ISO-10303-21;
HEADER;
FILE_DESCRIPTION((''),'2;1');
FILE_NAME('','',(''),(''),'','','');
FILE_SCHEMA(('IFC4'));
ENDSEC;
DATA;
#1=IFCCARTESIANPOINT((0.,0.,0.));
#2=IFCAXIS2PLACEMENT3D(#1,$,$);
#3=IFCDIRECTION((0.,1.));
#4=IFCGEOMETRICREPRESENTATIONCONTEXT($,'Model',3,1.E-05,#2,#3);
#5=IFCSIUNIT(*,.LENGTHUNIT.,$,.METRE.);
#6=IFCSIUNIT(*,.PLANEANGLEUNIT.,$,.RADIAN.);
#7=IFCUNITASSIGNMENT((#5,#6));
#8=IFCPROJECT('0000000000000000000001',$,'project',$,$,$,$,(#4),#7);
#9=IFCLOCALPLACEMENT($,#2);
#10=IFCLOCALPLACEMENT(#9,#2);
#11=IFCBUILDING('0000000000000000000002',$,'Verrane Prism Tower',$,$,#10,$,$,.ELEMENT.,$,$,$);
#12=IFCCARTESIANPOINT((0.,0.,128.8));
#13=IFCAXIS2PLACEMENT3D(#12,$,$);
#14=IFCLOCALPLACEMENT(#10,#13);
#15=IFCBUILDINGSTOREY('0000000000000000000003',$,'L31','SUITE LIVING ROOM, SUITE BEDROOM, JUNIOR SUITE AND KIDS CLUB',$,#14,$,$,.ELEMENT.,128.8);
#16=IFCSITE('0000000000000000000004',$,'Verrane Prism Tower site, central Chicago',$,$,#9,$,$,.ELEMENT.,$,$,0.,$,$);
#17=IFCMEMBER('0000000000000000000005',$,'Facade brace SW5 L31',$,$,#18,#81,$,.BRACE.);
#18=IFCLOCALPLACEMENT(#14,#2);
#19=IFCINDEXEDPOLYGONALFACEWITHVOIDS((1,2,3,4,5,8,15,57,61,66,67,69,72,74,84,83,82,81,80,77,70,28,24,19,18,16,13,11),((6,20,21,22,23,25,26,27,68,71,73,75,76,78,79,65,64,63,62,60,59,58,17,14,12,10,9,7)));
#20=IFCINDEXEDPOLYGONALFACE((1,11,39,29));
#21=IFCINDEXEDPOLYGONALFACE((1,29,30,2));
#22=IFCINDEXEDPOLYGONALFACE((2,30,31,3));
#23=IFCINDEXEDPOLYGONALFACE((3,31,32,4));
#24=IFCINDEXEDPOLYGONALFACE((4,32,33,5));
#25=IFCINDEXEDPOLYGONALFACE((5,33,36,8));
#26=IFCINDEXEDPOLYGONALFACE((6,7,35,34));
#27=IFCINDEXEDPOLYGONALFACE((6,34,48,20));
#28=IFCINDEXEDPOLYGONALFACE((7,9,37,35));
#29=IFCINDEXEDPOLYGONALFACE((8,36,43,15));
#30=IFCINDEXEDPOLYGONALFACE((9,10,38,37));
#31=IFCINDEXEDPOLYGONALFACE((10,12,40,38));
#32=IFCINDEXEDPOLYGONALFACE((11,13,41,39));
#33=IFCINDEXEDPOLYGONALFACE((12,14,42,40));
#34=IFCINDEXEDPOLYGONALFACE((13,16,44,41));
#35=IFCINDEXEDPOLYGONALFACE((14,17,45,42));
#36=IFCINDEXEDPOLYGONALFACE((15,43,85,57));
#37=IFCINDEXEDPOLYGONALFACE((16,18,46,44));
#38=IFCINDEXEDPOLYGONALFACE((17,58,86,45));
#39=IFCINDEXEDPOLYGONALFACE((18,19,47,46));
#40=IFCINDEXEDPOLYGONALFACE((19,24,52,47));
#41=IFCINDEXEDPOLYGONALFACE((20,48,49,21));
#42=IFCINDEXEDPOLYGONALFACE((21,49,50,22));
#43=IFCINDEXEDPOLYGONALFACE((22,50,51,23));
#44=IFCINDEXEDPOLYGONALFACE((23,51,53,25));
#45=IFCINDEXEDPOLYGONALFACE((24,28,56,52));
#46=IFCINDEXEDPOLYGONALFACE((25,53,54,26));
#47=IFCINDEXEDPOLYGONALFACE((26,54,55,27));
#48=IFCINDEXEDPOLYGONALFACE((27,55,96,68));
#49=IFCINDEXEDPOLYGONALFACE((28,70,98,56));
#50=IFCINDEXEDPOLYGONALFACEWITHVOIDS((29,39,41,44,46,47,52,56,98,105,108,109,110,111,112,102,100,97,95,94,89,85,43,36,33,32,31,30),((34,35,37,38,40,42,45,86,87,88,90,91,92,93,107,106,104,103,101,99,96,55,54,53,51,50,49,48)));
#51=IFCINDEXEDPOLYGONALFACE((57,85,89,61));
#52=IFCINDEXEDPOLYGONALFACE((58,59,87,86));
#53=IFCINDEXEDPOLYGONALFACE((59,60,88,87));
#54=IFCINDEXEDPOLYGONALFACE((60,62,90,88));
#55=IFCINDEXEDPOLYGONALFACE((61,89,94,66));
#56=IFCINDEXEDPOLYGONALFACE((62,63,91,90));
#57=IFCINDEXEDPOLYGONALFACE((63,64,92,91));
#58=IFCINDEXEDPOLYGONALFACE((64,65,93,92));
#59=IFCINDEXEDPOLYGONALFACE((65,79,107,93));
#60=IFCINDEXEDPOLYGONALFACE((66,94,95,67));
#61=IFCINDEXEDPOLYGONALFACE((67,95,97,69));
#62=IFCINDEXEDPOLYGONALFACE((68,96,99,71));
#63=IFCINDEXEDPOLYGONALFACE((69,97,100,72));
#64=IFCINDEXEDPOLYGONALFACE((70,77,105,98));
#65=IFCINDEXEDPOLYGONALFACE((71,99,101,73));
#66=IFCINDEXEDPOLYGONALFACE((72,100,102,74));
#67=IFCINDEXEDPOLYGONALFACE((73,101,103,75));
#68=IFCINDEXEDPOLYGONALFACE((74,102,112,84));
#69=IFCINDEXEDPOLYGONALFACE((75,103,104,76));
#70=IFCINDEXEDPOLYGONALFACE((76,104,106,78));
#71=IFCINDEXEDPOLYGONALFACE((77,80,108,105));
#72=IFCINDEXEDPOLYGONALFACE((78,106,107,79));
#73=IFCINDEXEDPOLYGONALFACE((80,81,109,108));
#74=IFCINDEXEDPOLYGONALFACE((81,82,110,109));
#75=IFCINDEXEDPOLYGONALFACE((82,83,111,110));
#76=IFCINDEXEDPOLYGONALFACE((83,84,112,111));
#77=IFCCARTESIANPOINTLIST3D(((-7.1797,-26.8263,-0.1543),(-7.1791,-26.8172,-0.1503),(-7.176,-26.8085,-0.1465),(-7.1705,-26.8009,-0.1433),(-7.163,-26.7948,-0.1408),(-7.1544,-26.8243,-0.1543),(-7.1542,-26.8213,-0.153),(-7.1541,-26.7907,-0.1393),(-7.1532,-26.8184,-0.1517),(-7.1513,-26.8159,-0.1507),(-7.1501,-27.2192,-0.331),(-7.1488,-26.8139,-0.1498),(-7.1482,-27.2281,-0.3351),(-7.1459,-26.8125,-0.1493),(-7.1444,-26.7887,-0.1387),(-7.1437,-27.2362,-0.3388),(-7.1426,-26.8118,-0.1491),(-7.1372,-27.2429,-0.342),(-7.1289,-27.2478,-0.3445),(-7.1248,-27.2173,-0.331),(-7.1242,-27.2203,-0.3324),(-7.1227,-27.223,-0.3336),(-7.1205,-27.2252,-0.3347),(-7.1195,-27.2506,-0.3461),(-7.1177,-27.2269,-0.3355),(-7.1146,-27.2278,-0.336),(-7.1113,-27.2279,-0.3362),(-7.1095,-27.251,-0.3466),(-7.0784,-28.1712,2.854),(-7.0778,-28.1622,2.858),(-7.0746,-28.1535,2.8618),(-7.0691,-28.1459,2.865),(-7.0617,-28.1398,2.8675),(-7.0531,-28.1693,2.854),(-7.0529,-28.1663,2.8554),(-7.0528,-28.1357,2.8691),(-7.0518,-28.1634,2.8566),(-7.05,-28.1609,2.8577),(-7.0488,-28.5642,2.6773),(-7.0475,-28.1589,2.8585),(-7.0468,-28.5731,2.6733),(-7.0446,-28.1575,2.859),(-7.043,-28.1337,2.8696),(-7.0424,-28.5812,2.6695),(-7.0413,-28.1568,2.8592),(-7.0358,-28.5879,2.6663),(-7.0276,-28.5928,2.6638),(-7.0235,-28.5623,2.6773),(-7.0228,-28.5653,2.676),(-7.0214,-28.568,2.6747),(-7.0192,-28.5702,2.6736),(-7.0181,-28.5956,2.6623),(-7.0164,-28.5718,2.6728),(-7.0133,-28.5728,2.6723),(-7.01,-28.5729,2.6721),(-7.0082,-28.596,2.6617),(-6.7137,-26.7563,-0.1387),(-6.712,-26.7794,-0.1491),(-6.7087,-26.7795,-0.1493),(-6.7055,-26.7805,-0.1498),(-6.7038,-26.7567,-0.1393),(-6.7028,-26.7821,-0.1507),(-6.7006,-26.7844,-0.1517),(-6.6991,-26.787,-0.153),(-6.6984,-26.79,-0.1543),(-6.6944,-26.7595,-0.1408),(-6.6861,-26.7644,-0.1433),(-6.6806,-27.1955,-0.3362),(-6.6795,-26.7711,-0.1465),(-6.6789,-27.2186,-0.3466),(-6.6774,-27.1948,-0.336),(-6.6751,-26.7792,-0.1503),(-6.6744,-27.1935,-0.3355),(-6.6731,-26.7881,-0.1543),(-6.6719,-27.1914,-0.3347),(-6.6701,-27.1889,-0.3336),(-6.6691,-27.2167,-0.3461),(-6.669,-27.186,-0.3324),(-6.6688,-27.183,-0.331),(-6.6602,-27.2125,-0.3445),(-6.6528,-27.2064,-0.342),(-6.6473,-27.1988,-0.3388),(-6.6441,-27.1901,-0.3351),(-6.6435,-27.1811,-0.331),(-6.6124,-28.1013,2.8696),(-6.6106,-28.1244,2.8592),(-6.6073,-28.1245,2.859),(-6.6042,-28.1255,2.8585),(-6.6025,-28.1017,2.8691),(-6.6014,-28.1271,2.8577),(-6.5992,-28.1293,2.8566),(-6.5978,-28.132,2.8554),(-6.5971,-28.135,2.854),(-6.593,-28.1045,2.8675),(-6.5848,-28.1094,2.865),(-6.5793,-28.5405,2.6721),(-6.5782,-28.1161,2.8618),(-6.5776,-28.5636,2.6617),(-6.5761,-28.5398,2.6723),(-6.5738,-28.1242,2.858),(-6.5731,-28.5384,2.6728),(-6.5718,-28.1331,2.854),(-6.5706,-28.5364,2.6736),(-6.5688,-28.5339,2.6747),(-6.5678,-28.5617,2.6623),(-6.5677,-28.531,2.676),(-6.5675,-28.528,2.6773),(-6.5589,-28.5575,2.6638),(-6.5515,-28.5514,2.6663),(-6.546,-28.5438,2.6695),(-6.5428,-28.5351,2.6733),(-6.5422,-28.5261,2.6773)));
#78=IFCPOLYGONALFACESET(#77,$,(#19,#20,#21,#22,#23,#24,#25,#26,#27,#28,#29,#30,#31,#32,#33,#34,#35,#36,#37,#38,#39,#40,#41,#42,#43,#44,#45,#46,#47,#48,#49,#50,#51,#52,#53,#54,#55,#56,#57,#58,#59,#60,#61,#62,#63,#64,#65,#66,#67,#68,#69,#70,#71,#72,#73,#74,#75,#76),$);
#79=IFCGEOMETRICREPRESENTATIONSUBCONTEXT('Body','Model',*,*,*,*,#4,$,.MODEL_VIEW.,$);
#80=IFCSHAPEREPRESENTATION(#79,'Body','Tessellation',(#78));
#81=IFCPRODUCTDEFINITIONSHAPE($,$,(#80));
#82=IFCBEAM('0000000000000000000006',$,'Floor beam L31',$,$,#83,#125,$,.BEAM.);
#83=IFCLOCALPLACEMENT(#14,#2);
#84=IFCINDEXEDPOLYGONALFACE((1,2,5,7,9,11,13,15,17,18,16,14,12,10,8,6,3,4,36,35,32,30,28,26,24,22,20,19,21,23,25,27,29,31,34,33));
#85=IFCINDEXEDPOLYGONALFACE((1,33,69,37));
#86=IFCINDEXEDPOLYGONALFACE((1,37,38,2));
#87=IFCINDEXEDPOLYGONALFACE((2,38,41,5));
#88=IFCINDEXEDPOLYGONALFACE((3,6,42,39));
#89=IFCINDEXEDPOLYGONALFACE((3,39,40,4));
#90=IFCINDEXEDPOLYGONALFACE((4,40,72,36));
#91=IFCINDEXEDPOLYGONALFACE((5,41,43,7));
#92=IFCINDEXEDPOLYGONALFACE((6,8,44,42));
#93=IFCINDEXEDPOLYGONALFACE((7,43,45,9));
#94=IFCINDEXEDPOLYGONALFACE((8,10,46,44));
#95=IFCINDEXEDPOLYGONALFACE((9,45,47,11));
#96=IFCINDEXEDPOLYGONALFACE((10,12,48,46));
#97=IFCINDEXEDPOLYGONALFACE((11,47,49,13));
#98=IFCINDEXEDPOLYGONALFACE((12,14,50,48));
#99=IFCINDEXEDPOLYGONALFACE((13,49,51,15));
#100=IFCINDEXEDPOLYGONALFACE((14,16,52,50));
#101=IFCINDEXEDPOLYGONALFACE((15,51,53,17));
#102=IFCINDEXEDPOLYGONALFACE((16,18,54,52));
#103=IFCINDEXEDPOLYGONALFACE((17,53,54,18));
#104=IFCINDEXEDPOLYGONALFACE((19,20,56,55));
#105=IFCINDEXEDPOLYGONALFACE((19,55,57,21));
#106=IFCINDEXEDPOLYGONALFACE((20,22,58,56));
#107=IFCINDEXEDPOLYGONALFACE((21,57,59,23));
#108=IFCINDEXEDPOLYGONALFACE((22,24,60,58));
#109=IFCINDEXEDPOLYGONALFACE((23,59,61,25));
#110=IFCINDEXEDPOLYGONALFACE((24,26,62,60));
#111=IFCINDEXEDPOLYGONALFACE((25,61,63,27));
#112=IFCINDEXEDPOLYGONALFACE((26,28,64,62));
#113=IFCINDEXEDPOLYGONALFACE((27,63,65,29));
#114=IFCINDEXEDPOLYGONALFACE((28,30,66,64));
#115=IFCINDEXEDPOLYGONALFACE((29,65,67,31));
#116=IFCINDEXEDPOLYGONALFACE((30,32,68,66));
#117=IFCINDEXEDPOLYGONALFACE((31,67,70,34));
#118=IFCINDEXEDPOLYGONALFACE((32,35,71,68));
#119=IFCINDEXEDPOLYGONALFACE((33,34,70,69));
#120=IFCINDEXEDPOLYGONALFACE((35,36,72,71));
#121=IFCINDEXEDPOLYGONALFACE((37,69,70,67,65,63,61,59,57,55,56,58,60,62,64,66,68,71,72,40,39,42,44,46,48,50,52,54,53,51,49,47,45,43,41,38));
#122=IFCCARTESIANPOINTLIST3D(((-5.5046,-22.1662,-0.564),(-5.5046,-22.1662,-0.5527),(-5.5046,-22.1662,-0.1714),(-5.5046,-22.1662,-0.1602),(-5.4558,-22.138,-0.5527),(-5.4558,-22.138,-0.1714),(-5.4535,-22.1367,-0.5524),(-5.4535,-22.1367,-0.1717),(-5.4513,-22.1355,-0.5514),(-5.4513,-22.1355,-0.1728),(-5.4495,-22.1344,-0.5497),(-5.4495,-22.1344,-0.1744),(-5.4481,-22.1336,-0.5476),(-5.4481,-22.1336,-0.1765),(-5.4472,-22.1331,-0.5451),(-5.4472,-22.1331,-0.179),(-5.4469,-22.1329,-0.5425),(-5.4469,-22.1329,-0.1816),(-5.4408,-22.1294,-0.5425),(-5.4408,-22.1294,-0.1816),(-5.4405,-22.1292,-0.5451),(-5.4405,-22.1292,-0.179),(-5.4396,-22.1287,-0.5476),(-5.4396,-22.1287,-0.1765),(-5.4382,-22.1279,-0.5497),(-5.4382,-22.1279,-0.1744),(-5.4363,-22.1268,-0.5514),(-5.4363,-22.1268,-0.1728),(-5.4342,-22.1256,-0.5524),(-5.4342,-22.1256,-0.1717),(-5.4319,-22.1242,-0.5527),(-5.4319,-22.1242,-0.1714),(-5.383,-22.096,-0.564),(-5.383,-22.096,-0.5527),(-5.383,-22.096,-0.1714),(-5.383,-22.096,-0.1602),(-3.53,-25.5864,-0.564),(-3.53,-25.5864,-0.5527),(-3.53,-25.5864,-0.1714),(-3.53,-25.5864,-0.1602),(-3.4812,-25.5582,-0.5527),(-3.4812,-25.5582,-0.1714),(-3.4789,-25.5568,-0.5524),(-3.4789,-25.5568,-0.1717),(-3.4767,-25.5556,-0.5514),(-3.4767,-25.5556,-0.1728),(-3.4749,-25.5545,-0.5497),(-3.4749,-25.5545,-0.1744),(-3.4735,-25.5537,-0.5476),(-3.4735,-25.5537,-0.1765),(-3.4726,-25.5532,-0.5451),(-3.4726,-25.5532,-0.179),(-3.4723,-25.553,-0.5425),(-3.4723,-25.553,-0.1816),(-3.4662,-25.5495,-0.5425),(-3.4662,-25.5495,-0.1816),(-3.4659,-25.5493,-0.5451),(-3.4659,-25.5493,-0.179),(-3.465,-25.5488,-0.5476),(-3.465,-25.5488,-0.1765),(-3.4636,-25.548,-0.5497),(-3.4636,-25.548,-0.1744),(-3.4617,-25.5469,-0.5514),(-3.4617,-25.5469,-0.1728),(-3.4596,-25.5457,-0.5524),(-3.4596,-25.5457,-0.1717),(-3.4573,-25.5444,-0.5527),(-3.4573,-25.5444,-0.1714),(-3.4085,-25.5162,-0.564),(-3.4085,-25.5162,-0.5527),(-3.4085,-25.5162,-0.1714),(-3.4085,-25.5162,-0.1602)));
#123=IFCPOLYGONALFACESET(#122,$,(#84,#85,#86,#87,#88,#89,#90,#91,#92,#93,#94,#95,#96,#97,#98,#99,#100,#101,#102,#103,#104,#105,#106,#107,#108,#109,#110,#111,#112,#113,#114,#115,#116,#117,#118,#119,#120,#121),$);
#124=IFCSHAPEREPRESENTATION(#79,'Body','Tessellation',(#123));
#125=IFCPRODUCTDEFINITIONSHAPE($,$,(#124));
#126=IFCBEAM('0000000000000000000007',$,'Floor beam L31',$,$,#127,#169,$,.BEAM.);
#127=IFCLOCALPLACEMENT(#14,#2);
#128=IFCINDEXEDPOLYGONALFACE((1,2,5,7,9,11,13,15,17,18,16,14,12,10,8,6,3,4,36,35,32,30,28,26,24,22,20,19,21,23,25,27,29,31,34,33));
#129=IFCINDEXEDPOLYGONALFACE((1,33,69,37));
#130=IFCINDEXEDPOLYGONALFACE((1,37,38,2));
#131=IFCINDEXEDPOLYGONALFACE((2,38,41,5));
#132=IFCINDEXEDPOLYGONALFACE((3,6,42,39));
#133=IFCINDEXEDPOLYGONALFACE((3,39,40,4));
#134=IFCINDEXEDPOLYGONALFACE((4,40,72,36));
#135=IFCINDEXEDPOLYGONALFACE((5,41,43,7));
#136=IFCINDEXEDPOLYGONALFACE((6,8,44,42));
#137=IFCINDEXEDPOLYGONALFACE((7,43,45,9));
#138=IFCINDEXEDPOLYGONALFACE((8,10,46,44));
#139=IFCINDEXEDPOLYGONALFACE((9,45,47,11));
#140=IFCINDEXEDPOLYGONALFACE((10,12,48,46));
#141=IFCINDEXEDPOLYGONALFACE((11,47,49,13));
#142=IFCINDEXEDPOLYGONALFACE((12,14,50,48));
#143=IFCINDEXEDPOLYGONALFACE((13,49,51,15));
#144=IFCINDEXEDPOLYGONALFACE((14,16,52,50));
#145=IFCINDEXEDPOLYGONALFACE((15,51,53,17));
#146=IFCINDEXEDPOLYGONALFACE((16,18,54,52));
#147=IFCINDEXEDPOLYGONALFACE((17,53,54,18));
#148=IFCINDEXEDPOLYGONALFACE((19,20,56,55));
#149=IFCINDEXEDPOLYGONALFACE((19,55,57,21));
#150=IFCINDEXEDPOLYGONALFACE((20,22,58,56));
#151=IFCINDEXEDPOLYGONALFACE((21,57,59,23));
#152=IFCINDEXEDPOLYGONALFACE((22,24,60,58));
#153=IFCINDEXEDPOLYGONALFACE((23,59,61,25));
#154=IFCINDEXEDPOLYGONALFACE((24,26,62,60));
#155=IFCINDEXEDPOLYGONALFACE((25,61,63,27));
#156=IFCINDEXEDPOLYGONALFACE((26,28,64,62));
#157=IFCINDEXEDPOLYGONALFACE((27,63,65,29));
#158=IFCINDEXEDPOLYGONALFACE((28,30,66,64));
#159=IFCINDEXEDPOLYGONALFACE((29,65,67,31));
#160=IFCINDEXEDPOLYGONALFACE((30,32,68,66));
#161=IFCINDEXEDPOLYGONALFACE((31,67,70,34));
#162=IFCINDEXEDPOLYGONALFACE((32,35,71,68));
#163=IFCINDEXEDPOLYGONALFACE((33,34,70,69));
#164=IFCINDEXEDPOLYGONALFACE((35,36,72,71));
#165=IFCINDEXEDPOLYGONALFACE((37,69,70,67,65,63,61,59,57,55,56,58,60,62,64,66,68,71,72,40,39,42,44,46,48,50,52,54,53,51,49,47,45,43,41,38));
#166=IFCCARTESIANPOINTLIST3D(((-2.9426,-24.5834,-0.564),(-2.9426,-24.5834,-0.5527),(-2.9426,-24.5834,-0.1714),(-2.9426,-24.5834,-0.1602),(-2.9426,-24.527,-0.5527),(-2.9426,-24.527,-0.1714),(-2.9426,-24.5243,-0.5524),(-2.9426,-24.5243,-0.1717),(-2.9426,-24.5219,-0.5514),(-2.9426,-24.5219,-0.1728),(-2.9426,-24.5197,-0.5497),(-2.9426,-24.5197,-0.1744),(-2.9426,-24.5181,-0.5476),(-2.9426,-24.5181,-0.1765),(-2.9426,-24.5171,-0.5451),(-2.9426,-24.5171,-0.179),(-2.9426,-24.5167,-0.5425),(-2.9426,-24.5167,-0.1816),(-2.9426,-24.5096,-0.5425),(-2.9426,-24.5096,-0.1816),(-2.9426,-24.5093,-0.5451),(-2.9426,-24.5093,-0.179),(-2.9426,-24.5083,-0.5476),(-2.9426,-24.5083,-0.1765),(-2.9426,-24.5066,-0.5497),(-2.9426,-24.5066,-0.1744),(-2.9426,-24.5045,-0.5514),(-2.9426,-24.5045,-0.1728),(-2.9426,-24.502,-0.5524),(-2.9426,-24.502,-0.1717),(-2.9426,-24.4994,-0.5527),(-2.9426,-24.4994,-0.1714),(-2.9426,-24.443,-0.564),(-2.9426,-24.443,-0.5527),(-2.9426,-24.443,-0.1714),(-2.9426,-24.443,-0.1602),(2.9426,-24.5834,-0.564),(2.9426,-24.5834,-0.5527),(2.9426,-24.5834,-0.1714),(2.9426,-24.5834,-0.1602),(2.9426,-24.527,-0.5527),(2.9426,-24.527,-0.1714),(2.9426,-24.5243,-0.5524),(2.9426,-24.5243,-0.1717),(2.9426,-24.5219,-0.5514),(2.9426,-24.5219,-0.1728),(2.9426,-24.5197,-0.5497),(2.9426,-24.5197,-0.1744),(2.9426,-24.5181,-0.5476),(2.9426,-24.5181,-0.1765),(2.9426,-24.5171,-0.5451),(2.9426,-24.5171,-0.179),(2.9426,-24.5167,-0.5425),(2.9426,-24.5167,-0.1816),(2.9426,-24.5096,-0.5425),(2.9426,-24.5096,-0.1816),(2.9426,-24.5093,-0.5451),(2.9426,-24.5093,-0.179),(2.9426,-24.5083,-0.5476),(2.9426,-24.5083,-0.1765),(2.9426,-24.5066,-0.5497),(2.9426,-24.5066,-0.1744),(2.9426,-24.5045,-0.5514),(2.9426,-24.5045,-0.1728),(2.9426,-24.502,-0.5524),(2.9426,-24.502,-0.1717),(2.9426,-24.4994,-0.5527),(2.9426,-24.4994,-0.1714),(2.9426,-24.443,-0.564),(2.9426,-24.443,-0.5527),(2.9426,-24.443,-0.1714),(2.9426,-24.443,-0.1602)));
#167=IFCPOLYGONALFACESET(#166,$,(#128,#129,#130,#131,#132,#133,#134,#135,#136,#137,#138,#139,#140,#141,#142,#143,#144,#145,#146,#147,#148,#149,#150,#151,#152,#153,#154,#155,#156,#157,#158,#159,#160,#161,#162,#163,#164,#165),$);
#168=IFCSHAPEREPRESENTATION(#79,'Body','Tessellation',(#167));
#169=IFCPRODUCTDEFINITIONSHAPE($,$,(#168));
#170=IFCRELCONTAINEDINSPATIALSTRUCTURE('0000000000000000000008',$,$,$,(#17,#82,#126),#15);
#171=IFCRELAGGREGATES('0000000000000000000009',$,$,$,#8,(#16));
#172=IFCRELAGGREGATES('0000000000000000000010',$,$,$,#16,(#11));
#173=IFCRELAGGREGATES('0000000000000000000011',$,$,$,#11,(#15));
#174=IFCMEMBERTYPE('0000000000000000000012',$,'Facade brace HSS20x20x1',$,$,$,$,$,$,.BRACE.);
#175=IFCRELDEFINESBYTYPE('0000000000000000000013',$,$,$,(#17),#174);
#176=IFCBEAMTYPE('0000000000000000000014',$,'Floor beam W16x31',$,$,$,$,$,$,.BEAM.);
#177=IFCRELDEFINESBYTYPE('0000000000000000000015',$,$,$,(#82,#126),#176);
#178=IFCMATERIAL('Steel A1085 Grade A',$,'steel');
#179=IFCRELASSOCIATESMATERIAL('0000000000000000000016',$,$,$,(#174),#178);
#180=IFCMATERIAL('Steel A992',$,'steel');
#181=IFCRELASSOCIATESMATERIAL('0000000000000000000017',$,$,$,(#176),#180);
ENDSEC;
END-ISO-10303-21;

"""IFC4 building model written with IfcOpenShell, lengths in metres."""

from ifc_helpers import new_model, si_unit, direction, frame, origin, origin_2d, place, context, subcontext, project, spatial, hollow_rectangle, i_section, extrude, material, material_profile, profile_set, type_object, element, save


model = new_model("IFC4")

# Units and contexts
model_context = context("Model", 3, precision=1e-05, world=origin(), true_north=direction((0.0, 1.0)))
body_context = subcontext(model_context, "Body", "Model", "MODEL_VIEW")
ifc_project = project(units=[si_unit("LENGTHUNIT", "METRE"), si_unit("PLANEANGLEUNIT", "RADIAN")], contexts=[model_context])

# Site, building, storey
site_placement = place(None, origin())
site = spatial("IfcSite", under=ifc_project, at=site_placement, Name="Verrane Prism Tower site, central Chicago", CompositionType="ELEMENT", RefElevation=0.0)
building_placement = place(site_placement, origin())
building = spatial("IfcBuilding", under=site, at=building_placement, Name="Verrane Prism Tower", CompositionType="ELEMENT")
storey_placement = place(building_placement, frame((0.0, 0.0, 128.8)))
storey = spatial("IfcBuildingStorey", under=building, at=storey_placement, Name="L31", Description="SUITE LIVING ROOM, SUITE BEDROOM, JUNIOR SUITE AND KIDS CLUB", CompositionType="ELEMENT", Elevation=128.8)

# Member
ifc_material_1 = material(Name="Steel A1085 Grade A", Category="steel")
ifc_material_profile_1 = material_profile(ifc_material_1, hollow_rectangle(XDim=0.5081, YDim=0.5081, WallThickness=0.0254, InnerFilletRadius=0.0127, OuterFilletRadius=0.0381, at=origin_2d()), Name="HSS20x20x1")
ifc_profile_set_1 = profile_set([ifc_material_profile_1], Name="Steel A1085 Grade A")
member_type_1 = type_object("IfcMemberType", Name="Facade brace HSS20x20x1", PredefinedType="BRACE", material=ifc_profile_set_1)
member_1_placement = place(storey_placement, frame((-6.9116, -27.0037, -0.2427), z_axis=(0.030732, -0.407959, 0.912483), x_axis=(0.997175, 0.075118, 0.0)))
element("IfcMember", 1, at=member_1_placement, inside=storey, type_object=member_type_1, Name="Facade brace SW5 L31", PredefinedType="BRACE", context=body_context, shape_type="SweptSolid", body=[
    extrude(hollow_rectangle(XDim=0.5081, YDim=0.5081, WallThickness=0.0254, InnerFilletRadius=0.0127, OuterFilletRadius=0.0381, at=origin_2d()), origin(), (0.0, 0.0, 1.0), 3.2969),
])

# Beams
ifc_material_2 = material(Name="Steel A992", Category="steel")
ifc_material_profile_2 = material_profile(ifc_material_2, i_section(OverallWidth=0.1404, OverallDepth=0.4038, WebThickness=0.0071, FlangeThickness=0.0112, FilletRadius=0.0103, at=origin_2d()), Name="W16x31")
ifc_profile_set_2 = profile_set([ifc_material_profile_2], Name="Steel A992")
beam_type_1 = type_object("IfcBeamType", Name="Floor beam W16x31", PredefinedType="BEAM", material=ifc_profile_set_2)
beam_1_placement = place(storey_placement, frame((-3.4692, -25.5513, -0.3621), z_axis=(-0.499995, 0.866028, 0.0), x_axis=(-0.866028, -0.499995, 0.0)))
element("IfcBeam", 2, at=beam_1_placement, inside=storey, type_object=beam_type_1, Name="Floor beam L31", PredefinedType="BEAM", context=body_context, shape_type="SweptSolid", body=[
    extrude(i_section(OverallWidth=0.1404, OverallDepth=0.4038, WebThickness=0.0071, FlangeThickness=0.0112, FilletRadius=0.0103, at=origin_2d()), origin(), (0.0, 0.0, 1.0), 3.9492),
])
beam_2_placement = place(storey_placement, frame((-2.9426, -24.5132, -0.3621), z_axis=(1.0, 0.0, 0.0), x_axis=(0.0, 1.0, 0.0)))
element("IfcBeam", 3, at=beam_2_placement, inside=storey, type_object=beam_type_1, Name="Floor beam L31", PredefinedType="BEAM", context=body_context, shape_type="SweptSolid", body=[
    extrude(i_section(OverallWidth=0.1404, OverallDepth=0.4038, WebThickness=0.0071, FlangeThickness=0.0112, FilletRadius=0.0103, at=origin_2d()), origin(), (0.0, 0.0, 1.0), 5.8853),
])

save(model, "model.ifc")
